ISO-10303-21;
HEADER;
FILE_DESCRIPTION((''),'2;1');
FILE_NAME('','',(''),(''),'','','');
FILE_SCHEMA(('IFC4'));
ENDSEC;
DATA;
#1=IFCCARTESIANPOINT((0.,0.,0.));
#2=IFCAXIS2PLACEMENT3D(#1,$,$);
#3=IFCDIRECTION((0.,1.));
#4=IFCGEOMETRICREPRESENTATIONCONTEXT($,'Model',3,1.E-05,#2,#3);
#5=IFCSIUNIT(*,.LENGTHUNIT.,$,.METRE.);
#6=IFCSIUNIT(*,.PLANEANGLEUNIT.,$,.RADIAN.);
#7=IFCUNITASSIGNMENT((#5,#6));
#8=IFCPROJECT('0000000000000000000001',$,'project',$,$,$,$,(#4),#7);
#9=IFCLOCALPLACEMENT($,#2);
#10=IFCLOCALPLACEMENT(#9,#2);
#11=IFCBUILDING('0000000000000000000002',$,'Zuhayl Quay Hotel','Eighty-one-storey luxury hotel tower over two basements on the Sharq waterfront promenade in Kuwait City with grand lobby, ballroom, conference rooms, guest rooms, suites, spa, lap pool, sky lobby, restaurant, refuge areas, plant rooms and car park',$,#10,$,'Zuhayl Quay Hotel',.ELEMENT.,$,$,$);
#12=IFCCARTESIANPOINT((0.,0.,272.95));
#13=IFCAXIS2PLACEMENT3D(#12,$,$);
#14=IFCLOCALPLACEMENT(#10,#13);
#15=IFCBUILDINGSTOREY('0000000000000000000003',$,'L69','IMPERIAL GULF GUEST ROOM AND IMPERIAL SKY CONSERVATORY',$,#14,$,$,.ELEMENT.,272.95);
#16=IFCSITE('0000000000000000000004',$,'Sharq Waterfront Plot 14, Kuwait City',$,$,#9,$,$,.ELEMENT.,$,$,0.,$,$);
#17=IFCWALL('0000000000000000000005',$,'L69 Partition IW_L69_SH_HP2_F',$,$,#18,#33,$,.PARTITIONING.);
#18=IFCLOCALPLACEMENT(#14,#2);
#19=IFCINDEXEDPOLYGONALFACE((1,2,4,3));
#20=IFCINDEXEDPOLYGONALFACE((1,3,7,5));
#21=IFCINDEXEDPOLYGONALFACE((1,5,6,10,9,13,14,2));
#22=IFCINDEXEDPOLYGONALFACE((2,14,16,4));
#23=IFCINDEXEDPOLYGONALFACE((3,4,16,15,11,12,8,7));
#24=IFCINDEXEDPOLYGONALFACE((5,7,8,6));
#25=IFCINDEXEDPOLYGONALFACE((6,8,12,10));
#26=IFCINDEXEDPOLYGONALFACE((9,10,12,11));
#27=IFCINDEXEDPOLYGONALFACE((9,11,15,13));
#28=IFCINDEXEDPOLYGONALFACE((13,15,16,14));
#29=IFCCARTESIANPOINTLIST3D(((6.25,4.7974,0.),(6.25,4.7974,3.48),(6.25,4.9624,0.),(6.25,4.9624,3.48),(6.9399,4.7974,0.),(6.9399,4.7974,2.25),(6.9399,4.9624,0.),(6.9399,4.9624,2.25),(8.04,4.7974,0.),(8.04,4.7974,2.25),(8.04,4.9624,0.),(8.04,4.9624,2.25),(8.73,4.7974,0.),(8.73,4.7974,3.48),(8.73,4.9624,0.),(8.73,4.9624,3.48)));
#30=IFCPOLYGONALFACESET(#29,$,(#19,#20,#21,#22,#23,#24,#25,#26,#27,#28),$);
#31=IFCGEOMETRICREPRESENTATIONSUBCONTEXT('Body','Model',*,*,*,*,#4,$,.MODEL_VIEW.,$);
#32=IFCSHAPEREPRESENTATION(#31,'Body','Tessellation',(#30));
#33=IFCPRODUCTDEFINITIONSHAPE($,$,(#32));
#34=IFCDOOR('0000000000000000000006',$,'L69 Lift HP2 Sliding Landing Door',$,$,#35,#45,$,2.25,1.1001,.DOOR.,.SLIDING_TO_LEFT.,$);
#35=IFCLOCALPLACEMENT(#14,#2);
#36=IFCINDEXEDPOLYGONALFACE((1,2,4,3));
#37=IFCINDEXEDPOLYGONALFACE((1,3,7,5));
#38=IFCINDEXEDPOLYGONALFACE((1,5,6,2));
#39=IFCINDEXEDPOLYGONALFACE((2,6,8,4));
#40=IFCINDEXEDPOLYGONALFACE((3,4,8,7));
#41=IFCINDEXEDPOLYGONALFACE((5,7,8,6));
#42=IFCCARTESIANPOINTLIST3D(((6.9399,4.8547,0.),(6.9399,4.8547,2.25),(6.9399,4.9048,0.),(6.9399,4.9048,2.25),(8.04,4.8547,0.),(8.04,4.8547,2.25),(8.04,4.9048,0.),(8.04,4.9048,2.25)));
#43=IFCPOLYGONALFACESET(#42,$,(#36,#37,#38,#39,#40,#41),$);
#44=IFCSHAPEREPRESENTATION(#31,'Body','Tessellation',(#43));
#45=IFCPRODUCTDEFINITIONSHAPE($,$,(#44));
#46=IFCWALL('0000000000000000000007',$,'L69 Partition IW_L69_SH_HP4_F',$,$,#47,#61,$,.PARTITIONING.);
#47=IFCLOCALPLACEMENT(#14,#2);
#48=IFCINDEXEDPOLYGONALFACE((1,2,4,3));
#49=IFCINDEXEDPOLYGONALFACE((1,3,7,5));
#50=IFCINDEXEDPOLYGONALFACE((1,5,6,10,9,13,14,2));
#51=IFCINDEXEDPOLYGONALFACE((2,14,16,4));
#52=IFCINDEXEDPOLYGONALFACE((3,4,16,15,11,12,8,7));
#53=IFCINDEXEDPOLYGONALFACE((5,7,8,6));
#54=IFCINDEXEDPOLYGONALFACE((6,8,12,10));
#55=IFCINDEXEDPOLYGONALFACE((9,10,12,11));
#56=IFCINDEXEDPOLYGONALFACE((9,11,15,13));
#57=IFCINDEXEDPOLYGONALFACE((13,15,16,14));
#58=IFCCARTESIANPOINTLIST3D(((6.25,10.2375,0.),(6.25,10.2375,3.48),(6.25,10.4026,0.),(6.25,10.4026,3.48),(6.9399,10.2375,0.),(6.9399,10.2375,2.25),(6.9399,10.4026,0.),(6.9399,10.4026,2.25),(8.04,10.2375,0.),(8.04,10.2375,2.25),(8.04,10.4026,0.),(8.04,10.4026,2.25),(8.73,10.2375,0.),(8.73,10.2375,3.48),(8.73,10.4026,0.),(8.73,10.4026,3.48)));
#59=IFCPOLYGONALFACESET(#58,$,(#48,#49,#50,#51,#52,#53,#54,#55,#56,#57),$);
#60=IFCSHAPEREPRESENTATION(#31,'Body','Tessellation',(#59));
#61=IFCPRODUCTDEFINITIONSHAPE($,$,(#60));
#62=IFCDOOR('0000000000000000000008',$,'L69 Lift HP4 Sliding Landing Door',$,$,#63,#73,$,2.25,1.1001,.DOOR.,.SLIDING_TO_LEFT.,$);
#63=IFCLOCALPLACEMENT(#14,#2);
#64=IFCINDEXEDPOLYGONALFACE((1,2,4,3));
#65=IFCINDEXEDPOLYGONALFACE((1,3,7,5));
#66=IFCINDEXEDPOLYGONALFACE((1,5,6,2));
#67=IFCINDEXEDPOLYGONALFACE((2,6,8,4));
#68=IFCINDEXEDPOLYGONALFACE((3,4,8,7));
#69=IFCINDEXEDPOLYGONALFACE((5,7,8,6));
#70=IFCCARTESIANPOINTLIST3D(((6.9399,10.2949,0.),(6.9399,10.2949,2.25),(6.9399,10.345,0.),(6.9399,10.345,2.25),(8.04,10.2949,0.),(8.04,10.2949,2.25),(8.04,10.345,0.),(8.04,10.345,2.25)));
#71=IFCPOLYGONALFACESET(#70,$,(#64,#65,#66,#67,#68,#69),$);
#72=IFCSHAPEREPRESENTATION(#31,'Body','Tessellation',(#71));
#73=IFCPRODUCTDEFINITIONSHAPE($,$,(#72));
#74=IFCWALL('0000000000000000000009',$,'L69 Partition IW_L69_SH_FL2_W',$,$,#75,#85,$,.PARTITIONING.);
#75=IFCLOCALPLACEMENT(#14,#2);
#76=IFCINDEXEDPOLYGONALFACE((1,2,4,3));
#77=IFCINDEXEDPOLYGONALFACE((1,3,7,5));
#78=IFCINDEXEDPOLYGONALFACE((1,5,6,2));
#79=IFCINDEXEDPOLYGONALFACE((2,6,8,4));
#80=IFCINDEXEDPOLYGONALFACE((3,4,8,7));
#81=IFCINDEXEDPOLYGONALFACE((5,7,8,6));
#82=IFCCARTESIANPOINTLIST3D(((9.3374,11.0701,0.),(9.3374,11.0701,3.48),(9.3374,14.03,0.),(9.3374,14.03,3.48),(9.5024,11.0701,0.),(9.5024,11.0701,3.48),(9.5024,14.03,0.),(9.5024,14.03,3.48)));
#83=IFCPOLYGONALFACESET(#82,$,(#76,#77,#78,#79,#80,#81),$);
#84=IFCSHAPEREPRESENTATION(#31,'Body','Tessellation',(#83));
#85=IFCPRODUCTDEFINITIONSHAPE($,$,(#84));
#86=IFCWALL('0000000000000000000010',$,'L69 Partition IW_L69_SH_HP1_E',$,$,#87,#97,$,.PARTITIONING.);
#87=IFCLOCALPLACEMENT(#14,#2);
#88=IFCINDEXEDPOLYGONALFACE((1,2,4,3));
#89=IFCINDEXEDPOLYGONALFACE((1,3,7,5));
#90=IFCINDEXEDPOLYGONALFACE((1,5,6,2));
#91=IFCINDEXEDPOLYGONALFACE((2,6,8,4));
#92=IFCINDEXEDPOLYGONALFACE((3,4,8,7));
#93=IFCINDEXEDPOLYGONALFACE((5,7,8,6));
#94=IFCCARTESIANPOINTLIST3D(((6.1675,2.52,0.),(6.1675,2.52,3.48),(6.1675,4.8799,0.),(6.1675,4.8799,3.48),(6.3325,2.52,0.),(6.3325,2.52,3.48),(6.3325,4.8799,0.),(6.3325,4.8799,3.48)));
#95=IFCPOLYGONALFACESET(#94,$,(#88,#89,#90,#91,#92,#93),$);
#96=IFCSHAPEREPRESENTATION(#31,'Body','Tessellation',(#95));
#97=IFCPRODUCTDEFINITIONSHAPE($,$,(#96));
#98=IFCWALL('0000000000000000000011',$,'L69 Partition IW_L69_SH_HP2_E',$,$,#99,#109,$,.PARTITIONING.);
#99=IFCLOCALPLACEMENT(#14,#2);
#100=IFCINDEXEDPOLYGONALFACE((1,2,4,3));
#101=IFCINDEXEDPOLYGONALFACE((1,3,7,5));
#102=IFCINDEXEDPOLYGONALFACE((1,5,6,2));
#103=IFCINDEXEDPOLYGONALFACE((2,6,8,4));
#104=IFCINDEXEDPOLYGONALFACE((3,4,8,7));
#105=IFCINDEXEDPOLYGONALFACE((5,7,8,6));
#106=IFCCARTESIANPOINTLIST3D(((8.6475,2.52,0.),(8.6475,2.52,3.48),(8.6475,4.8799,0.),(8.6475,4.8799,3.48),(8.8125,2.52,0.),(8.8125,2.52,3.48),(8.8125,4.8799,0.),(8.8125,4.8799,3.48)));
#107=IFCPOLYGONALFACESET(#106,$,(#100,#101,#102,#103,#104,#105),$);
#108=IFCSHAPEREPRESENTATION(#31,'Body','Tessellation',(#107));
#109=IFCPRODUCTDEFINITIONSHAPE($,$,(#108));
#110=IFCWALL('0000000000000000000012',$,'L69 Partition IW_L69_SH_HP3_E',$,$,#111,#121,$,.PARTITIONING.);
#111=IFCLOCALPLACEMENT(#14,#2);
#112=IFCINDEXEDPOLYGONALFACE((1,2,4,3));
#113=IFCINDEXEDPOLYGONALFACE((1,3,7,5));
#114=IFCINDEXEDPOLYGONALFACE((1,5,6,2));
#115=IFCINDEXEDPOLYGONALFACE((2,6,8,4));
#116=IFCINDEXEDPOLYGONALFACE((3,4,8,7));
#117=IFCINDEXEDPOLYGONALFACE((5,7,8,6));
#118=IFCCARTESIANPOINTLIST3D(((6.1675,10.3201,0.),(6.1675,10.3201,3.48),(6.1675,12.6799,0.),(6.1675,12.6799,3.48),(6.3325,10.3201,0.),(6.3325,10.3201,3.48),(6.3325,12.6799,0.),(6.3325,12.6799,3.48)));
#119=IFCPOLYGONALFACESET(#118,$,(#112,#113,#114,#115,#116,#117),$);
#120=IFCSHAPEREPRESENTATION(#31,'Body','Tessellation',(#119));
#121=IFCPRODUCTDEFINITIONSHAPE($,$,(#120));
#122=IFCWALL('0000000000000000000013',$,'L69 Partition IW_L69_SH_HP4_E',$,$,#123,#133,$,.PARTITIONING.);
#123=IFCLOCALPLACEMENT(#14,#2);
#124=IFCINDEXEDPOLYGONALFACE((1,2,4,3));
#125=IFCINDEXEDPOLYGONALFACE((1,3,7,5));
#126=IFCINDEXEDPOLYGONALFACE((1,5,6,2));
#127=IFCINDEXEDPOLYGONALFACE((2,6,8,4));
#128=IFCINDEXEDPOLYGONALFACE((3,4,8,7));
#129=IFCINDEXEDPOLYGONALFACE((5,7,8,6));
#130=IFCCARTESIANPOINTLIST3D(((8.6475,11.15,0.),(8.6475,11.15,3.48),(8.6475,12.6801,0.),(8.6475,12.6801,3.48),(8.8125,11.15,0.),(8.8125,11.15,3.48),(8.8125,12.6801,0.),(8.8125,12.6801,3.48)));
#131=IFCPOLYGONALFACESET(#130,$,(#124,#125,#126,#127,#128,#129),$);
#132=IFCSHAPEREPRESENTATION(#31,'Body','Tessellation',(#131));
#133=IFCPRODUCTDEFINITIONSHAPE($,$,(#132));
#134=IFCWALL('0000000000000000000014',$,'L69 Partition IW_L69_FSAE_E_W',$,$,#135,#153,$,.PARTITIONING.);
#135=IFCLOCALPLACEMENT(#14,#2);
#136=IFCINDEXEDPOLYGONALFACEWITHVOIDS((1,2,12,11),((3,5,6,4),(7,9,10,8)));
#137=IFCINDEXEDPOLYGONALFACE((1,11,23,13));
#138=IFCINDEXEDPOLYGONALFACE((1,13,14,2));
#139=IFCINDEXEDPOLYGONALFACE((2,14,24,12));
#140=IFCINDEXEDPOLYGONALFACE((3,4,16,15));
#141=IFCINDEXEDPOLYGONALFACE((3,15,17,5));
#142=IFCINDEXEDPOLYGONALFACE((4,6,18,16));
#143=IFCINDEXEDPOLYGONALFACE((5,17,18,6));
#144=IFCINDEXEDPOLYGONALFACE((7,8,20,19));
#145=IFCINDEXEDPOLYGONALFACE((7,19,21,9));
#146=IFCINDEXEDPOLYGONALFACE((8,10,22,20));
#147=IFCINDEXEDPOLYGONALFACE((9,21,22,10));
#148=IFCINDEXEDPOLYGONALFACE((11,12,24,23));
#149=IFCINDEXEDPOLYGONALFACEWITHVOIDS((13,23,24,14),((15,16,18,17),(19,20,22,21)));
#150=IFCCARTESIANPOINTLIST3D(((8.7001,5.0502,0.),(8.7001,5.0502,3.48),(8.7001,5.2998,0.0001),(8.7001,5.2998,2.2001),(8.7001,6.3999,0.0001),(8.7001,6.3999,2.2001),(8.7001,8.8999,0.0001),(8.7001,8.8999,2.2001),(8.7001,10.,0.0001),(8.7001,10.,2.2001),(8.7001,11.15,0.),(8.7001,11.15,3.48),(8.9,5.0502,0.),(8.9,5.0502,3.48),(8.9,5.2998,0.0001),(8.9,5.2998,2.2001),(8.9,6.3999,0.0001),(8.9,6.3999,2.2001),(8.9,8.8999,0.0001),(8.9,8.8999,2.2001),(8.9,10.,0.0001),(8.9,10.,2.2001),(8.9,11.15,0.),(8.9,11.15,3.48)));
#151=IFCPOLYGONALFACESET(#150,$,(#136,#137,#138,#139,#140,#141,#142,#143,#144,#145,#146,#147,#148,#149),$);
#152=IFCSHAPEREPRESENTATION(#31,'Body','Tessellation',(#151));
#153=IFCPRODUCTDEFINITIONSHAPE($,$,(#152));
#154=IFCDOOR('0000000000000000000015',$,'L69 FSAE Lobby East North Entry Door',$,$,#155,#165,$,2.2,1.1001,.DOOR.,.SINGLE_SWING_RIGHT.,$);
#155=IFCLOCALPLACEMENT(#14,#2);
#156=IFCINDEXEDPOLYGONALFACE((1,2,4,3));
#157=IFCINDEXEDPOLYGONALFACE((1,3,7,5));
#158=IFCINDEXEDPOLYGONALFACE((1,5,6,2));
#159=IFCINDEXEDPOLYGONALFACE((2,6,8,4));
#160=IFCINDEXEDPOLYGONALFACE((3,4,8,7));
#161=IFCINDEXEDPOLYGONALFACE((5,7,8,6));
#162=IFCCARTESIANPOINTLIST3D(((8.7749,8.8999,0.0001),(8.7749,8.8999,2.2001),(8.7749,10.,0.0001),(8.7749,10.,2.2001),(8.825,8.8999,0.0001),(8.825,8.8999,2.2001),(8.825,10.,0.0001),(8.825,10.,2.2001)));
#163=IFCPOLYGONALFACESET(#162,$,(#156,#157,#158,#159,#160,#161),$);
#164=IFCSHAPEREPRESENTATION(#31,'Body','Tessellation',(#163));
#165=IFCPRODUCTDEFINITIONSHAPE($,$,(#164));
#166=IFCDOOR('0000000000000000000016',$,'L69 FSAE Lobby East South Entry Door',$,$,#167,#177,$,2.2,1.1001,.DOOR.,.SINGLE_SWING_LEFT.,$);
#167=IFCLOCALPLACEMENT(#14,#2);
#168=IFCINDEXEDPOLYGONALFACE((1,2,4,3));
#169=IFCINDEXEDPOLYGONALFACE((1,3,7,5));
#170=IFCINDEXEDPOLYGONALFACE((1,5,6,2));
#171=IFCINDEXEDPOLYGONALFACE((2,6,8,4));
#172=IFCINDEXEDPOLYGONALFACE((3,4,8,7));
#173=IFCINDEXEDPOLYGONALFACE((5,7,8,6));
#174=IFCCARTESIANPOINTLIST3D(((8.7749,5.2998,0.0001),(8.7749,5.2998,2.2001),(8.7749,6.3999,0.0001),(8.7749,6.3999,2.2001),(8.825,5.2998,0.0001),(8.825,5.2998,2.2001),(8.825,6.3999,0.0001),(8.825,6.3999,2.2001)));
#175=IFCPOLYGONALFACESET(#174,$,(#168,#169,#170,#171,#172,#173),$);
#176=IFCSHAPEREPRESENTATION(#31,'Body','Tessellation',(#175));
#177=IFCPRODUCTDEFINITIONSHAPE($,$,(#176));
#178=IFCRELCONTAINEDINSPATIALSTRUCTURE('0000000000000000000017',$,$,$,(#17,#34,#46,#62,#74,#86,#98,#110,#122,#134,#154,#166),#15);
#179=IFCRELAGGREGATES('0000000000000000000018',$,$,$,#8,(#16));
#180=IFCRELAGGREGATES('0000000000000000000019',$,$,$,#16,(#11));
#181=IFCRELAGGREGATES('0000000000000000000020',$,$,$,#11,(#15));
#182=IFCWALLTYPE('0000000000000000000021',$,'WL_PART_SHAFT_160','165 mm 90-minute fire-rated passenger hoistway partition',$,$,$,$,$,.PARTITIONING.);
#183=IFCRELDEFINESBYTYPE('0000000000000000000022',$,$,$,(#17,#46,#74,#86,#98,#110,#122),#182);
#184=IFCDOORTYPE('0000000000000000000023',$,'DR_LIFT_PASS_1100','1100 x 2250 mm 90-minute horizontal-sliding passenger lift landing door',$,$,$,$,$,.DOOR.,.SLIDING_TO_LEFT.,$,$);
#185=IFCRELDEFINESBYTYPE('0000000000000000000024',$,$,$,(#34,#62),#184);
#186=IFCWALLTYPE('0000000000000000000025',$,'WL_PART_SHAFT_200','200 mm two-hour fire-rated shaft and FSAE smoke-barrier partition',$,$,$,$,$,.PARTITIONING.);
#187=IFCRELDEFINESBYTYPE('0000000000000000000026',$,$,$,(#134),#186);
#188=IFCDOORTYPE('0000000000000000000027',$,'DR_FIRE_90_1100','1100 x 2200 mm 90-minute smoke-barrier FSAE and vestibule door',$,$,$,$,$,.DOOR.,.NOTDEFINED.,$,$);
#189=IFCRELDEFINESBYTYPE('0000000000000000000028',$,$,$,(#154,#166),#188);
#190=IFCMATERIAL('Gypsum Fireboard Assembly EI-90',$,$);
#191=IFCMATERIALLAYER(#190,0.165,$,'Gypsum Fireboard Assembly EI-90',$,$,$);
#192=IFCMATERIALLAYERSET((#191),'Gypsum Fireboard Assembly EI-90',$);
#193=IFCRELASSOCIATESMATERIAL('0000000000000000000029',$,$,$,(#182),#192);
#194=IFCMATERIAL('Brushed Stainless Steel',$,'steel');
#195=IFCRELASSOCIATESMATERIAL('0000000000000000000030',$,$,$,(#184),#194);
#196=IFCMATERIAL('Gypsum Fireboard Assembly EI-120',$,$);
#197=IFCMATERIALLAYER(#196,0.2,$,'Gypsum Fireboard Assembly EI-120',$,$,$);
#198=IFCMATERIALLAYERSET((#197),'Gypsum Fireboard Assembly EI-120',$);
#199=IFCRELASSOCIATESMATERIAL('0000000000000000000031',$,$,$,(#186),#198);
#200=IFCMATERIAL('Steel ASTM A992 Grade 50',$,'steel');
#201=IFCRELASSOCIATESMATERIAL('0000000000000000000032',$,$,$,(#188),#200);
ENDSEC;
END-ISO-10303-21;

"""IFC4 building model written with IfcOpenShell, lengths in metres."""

from ifc_helpers import new_model, si_unit, direction, frame, frame_2d, origin, place, context, subcontext, project, spatial, rectangle, extrude, material, layer, layer_set, type_object, element, fill, save


model = new_model("IFC4")

# Units and contexts
model_context = context("Model", 3, precision=1e-05, world=origin(), true_north=direction((0.0, 1.0)))
body_context = subcontext(model_context, "Body", "Model", "MODEL_VIEW")
ifc_project = project(units=[si_unit("LENGTHUNIT", "METRE"), si_unit("PLANEANGLEUNIT", "RADIAN")], contexts=[model_context])

# Site, building, storey
site_placement = place(None, origin())
site = spatial("IfcSite", under=ifc_project, at=site_placement, Name="Sharq Waterfront Plot 14, Kuwait City", CompositionType="ELEMENT", RefElevation=0.0)
building_placement = place(site_placement, origin())
building = spatial("IfcBuilding", under=site, at=building_placement, Name="Zuhayl Quay Hotel", Description="Eighty-one-storey luxury hotel tower over two basements on the Sharq waterfront promenade in Kuwait City with grand lobby, ballroom, conference rooms, guest rooms, suites, spa, lap pool, sky lobby, restaurant, refuge areas, plant rooms and car park", LongName="Zuhayl Quay Hotel", CompositionType="ELEMENT")
storey_placement = place(building_placement, frame((0.0, 0.0, 272.95)))
storey = spatial("IfcBuildingStorey", under=building, at=storey_placement, Name="L69", Description="IMPERIAL GULF GUEST ROOM AND IMPERIAL SKY CONSERVATORY", CompositionType="ELEMENT", Elevation=272.95)

# Walls, openings, doors
ifc_material_1 = material(Name="Gypsum Fireboard Assembly EI-90")
ifc_layer_1 = layer(ifc_material_1, 0.165, Name="Gypsum Fireboard Assembly EI-90")
ifc_layer_set_1 = layer_set([ifc_layer_1], Name="Gypsum Fireboard Assembly EI-90")
wall_type_1 = type_object("IfcWallType", Name="WL_PART_SHAFT_160", Description="165 mm 90-minute fire-rated passenger hoistway partition", PredefinedType="PARTITIONING", material=ifc_layer_set_1)
ifc_material_2 = material(Name="Brushed Stainless Steel", Category="steel")
wall_1_placement = place(storey_placement, frame((6.25, 4.8799, 0.0), z_axis=(0.0, 0.0, 1.0), x_axis=(1.0, 0.0, 0.0)))
wall_1 = element("IfcWall", 1, at=wall_1_placement, inside=storey, type_object=wall_type_1, Name="L69 Partition IW_L69_SH_HP2_F", PredefinedType="PARTITIONING", context=body_context, shape_type="SweptSolid", body=[
    extrude(rectangle(XDim=2.48, YDim=0.165, at=frame_2d((1.24, 0.0))), origin(), (0.0, 0.0, 1.0), 3.48),
])
opening_1_placement = place(wall_1_placement, frame((0.6899, 0.0, 0.0)))
opening_1 = element("IfcOpeningElement", 2, at=opening_1_placement, cuts=wall_1, PredefinedType="OPENING", context=body_context, shape_type="SweptSolid", body=[
    extrude(rectangle(XDim=1.1001, YDim=2.25, at=frame_2d((0.55, 1.125))), frame((0.0, 0.0925, 0.0), z_axis=(0.0, -1.0, 0.0), x_axis=(1.0, 0.0, 0.0)), (0.0, 0.0, 1.0), 0.1851),
])
door_type_1 = type_object("IfcDoorType", Name="DR_LIFT_PASS_1100", Description="1100 x 2250 mm 90-minute horizontal-sliding passenger lift landing door", OperationType="SLIDING_TO_LEFT", PredefinedType="DOOR", material=ifc_material_2)
door_1_placement = place(opening_1_placement, origin())
door_1 = element("IfcDoor", 3, at=door_1_placement, inside=storey, type_object=door_type_1, Name="L69 Lift HP2 Sliding Landing Door", OperationType="SLIDING_TO_LEFT", OverallHeight=2.25, OverallWidth=1.1001, PredefinedType="DOOR", context=body_context, shape_type="SweptSolid", body=[
    extrude(rectangle(XDim=1.1001, YDim=2.25, at=frame_2d((0.55, 1.125))), frame((0.0, 0.0249, 0.0), z_axis=(0.0, -1.0, 0.0), x_axis=(1.0, 0.0, 0.0)), (0.0, 0.0, 1.0), 0.05),
])
fill(opening_1, door_1)
wall_2_placement = place(storey_placement, frame((6.25, 10.3201, 0.0), z_axis=(0.0, 0.0, 1.0), x_axis=(1.0, 0.0, 0.0)))
wall_2 = element("IfcWall", 4, at=wall_2_placement, inside=storey, type_object=wall_type_1, Name="L69 Partition IW_L69_SH_HP4_F", PredefinedType="PARTITIONING", context=body_context, shape_type="SweptSolid", body=[
    extrude(rectangle(XDim=2.48, YDim=0.165, at=frame_2d((1.24, 0.0))), origin(), (0.0, 0.0, 1.0), 3.48),
])
opening_2_placement = place(wall_2_placement, frame((0.6899, 0.0, 0.0)))
opening_2 = element("IfcOpeningElement", 5, at=opening_2_placement, cuts=wall_2, PredefinedType="OPENING", context=body_context, shape_type="SweptSolid", body=[
    extrude(rectangle(XDim=1.1001, YDim=2.25, at=frame_2d((0.55, 1.125))), frame((0.0, 0.0925, 0.0), z_axis=(0.0, -1.0, 0.0), x_axis=(1.0, 0.0, 0.0)), (0.0, 0.0, 1.0), 0.1851),
])
door_2_placement = place(opening_2_placement, origin())
door_2 = element("IfcDoor", 6, at=door_2_placement, inside=storey, type_object=door_type_1, Name="L69 Lift HP4 Sliding Landing Door", OperationType="SLIDING_TO_LEFT", OverallHeight=2.25, OverallWidth=1.1001, PredefinedType="DOOR", context=body_context, shape_type="SweptSolid", body=[
    extrude(rectangle(XDim=1.1001, YDim=2.25, at=frame_2d((0.55, 1.125))), frame((0.0, 0.0249, 0.0), z_axis=(0.0, -1.0, 0.0), x_axis=(1.0, 0.0, 0.0)), (0.0, 0.0, 1.0), 0.05),
])
fill(opening_2, door_2)

# Walls
wall_3_placement = place(storey_placement, frame((9.4199, 11.0701, 0.0), z_axis=(0.0, 0.0, 1.0), x_axis=(0.0, 1.0, 0.0)))
element("IfcWall", 7, at=wall_3_placement, inside=storey, type_object=wall_type_1, Name="L69 Partition IW_L69_SH_FL2_W", PredefinedType="PARTITIONING", context=body_context, shape_type="SweptSolid", body=[
    extrude(rectangle(XDim=2.96, YDim=0.165, at=frame_2d((1.48, 0.0))), origin(), (0.0, 0.0, 1.0), 3.48),
])
for number, where, z_axis, x_axis, name in (
    (8, (6.25, 2.52, 0.0), (0.0, 0.0, 1.0), (0.0, 1.0, 0.0), "L69 Partition IW_L69_SH_HP1_E"),
    (9, (8.73, 2.52, 0.0), (0.0, 0.0, 1.0), (0.0, 1.0, 0.0), "L69 Partition IW_L69_SH_HP2_E"),
    (10, (6.25, 10.3201, 0.0), (0.0, 0.0, 1.0), (0.0, 1.0, 0.0), "L69 Partition IW_L69_SH_HP3_E"),
):
    element("IfcWall", number, at=place(storey_placement, frame(where, z_axis=z_axis, x_axis=x_axis)), inside=storey, type_object=wall_type_1, Name=name, PredefinedType="PARTITIONING", context=body_context, shape_type="SweptSolid", body=[
        extrude(rectangle(XDim=2.3599, YDim=0.165, at=frame_2d((1.1799, 0.0))), origin(), (0.0, 0.0, 1.0), 3.48),
    ])
wall_4_placement = place(storey_placement, frame((8.73, 11.1499, 0.0), z_axis=(0.0, 0.0, 1.0), x_axis=(0.0, 1.0, 0.0)))
element("IfcWall", 11, at=wall_4_placement, inside=storey, type_object=wall_type_1, Name="L69 Partition IW_L69_SH_HP4_E", PredefinedType="PARTITIONING", context=body_context, shape_type="SweptSolid", body=[
    extrude(rectangle(XDim=1.53, YDim=0.165, at=frame_2d((0.7651, 0.0))), origin(), (0.0, 0.0, 1.0), 3.48),
])

# Wall, openings, doors
ifc_material_3 = material(Name="Gypsum Fireboard Assembly EI-120")
ifc_layer_2 = layer(ifc_material_3, 0.2, Name="Gypsum Fireboard Assembly EI-120")
ifc_layer_set_2 = layer_set([ifc_layer_2], Name="Gypsum Fireboard Assembly EI-120")
wall_type_2 = type_object("IfcWallType", Name="WL_PART_SHAFT_200", Description="200 mm two-hour fire-rated shaft and FSAE smoke-barrier partition", PredefinedType="PARTITIONING", material=ifc_layer_set_2)
wall_5_placement = place(storey_placement, frame((8.8, 11.1499, 0.0), z_axis=(0.0, 0.0, 1.0), x_axis=(0.0, -1.0, 0.0)))
wall_5 = element("IfcWall", 12, at=wall_5_placement, inside=storey, type_object=wall_type_2, Name="L69 Partition IW_L69_FSAE_E_W", PredefinedType="PARTITIONING", context=body_context, shape_type="SweptSolid", body=[
    extrude(rectangle(XDim=6.0999, YDim=0.2, at=frame_2d((3.0498, 0.0))), origin(), (0.0, 0.0, 1.0), 3.48),
])
opening_3_placement = place(wall_5_placement, frame((1.1499, 0.0, 0.0)))
opening_3 = element("IfcOpeningElement", 13, at=opening_3_placement, cuts=wall_5, PredefinedType="OPENING", context=body_context, shape_type="SweptSolid", body=[
    extrude(rectangle(XDim=1.1001, YDim=2.2, at=frame_2d((0.55, 1.1001))), frame((0.0, 0.1099, 0.0), z_axis=(0.0, -1.0, 0.0), x_axis=(1.0, 0.0, 0.0)), (0.0, 0.0, 1.0), 0.22),
])
opening_4_placement = place(wall_5_placement, frame((4.75, 0.0, 0.0)))
opening_4 = element("IfcOpeningElement", 14, at=opening_4_placement, cuts=wall_5, PredefinedType="OPENING", context=body_context, shape_type="SweptSolid", body=[
    extrude(rectangle(XDim=1.1001, YDim=2.2, at=frame_2d((0.55, 1.1001))), frame((0.0, 0.1099, 0.0), z_axis=(0.0, -1.0, 0.0), x_axis=(1.0, 0.0, 0.0)), (0.0, 0.0, 1.0), 0.22),
])
ifc_material_4 = material(Name="Steel ASTM A992 Grade 50", Category="steel")
door_type_2 = type_object("IfcDoorType", Name="DR_FIRE_90_1100", Description="1100 x 2200 mm 90-minute smoke-barrier FSAE and vestibule door", OperationType="NOTDEFINED", PredefinedType="DOOR", material=ifc_material_4)
door_3_placement = place(opening_3_placement, origin())
door_3 = element("IfcDoor", 15, at=door_3_placement, inside=storey, type_object=door_type_2, Name="L69 FSAE Lobby East North Entry Door", OperationType="SINGLE_SWING_RIGHT", OverallHeight=2.2, OverallWidth=1.1001, PredefinedType="DOOR", context=body_context, shape_type="SweptSolid", body=[
    extrude(rectangle(XDim=1.1001, YDim=2.2, at=frame_2d((0.55, 1.1001))), frame((0.0, 0.0249, 0.0), z_axis=(0.0, -1.0, 0.0), x_axis=(1.0, 0.0, 0.0)), (0.0, 0.0, 1.0), 0.05),
])
fill(opening_3, door_3)
door_4_placement = place(opening_4_placement, origin())
door_4 = element("IfcDoor", 16, at=door_4_placement, inside=storey, type_object=door_type_2, Name="L69 FSAE Lobby East South Entry Door", OperationType="SINGLE_SWING_LEFT", OverallHeight=2.2, OverallWidth=1.1001, PredefinedType="DOOR", context=body_context, shape_type="SweptSolid", body=[
    extrude(rectangle(XDim=1.1001, YDim=2.2, at=frame_2d((0.55, 1.1001))), frame((0.0, 0.0249, 0.0), z_axis=(0.0, -1.0, 0.0), x_axis=(1.0, 0.0, 0.0)), (0.0, 0.0, 1.0), 0.05),
])
fill(opening_4, door_4)

save(model, "model.ifc")
